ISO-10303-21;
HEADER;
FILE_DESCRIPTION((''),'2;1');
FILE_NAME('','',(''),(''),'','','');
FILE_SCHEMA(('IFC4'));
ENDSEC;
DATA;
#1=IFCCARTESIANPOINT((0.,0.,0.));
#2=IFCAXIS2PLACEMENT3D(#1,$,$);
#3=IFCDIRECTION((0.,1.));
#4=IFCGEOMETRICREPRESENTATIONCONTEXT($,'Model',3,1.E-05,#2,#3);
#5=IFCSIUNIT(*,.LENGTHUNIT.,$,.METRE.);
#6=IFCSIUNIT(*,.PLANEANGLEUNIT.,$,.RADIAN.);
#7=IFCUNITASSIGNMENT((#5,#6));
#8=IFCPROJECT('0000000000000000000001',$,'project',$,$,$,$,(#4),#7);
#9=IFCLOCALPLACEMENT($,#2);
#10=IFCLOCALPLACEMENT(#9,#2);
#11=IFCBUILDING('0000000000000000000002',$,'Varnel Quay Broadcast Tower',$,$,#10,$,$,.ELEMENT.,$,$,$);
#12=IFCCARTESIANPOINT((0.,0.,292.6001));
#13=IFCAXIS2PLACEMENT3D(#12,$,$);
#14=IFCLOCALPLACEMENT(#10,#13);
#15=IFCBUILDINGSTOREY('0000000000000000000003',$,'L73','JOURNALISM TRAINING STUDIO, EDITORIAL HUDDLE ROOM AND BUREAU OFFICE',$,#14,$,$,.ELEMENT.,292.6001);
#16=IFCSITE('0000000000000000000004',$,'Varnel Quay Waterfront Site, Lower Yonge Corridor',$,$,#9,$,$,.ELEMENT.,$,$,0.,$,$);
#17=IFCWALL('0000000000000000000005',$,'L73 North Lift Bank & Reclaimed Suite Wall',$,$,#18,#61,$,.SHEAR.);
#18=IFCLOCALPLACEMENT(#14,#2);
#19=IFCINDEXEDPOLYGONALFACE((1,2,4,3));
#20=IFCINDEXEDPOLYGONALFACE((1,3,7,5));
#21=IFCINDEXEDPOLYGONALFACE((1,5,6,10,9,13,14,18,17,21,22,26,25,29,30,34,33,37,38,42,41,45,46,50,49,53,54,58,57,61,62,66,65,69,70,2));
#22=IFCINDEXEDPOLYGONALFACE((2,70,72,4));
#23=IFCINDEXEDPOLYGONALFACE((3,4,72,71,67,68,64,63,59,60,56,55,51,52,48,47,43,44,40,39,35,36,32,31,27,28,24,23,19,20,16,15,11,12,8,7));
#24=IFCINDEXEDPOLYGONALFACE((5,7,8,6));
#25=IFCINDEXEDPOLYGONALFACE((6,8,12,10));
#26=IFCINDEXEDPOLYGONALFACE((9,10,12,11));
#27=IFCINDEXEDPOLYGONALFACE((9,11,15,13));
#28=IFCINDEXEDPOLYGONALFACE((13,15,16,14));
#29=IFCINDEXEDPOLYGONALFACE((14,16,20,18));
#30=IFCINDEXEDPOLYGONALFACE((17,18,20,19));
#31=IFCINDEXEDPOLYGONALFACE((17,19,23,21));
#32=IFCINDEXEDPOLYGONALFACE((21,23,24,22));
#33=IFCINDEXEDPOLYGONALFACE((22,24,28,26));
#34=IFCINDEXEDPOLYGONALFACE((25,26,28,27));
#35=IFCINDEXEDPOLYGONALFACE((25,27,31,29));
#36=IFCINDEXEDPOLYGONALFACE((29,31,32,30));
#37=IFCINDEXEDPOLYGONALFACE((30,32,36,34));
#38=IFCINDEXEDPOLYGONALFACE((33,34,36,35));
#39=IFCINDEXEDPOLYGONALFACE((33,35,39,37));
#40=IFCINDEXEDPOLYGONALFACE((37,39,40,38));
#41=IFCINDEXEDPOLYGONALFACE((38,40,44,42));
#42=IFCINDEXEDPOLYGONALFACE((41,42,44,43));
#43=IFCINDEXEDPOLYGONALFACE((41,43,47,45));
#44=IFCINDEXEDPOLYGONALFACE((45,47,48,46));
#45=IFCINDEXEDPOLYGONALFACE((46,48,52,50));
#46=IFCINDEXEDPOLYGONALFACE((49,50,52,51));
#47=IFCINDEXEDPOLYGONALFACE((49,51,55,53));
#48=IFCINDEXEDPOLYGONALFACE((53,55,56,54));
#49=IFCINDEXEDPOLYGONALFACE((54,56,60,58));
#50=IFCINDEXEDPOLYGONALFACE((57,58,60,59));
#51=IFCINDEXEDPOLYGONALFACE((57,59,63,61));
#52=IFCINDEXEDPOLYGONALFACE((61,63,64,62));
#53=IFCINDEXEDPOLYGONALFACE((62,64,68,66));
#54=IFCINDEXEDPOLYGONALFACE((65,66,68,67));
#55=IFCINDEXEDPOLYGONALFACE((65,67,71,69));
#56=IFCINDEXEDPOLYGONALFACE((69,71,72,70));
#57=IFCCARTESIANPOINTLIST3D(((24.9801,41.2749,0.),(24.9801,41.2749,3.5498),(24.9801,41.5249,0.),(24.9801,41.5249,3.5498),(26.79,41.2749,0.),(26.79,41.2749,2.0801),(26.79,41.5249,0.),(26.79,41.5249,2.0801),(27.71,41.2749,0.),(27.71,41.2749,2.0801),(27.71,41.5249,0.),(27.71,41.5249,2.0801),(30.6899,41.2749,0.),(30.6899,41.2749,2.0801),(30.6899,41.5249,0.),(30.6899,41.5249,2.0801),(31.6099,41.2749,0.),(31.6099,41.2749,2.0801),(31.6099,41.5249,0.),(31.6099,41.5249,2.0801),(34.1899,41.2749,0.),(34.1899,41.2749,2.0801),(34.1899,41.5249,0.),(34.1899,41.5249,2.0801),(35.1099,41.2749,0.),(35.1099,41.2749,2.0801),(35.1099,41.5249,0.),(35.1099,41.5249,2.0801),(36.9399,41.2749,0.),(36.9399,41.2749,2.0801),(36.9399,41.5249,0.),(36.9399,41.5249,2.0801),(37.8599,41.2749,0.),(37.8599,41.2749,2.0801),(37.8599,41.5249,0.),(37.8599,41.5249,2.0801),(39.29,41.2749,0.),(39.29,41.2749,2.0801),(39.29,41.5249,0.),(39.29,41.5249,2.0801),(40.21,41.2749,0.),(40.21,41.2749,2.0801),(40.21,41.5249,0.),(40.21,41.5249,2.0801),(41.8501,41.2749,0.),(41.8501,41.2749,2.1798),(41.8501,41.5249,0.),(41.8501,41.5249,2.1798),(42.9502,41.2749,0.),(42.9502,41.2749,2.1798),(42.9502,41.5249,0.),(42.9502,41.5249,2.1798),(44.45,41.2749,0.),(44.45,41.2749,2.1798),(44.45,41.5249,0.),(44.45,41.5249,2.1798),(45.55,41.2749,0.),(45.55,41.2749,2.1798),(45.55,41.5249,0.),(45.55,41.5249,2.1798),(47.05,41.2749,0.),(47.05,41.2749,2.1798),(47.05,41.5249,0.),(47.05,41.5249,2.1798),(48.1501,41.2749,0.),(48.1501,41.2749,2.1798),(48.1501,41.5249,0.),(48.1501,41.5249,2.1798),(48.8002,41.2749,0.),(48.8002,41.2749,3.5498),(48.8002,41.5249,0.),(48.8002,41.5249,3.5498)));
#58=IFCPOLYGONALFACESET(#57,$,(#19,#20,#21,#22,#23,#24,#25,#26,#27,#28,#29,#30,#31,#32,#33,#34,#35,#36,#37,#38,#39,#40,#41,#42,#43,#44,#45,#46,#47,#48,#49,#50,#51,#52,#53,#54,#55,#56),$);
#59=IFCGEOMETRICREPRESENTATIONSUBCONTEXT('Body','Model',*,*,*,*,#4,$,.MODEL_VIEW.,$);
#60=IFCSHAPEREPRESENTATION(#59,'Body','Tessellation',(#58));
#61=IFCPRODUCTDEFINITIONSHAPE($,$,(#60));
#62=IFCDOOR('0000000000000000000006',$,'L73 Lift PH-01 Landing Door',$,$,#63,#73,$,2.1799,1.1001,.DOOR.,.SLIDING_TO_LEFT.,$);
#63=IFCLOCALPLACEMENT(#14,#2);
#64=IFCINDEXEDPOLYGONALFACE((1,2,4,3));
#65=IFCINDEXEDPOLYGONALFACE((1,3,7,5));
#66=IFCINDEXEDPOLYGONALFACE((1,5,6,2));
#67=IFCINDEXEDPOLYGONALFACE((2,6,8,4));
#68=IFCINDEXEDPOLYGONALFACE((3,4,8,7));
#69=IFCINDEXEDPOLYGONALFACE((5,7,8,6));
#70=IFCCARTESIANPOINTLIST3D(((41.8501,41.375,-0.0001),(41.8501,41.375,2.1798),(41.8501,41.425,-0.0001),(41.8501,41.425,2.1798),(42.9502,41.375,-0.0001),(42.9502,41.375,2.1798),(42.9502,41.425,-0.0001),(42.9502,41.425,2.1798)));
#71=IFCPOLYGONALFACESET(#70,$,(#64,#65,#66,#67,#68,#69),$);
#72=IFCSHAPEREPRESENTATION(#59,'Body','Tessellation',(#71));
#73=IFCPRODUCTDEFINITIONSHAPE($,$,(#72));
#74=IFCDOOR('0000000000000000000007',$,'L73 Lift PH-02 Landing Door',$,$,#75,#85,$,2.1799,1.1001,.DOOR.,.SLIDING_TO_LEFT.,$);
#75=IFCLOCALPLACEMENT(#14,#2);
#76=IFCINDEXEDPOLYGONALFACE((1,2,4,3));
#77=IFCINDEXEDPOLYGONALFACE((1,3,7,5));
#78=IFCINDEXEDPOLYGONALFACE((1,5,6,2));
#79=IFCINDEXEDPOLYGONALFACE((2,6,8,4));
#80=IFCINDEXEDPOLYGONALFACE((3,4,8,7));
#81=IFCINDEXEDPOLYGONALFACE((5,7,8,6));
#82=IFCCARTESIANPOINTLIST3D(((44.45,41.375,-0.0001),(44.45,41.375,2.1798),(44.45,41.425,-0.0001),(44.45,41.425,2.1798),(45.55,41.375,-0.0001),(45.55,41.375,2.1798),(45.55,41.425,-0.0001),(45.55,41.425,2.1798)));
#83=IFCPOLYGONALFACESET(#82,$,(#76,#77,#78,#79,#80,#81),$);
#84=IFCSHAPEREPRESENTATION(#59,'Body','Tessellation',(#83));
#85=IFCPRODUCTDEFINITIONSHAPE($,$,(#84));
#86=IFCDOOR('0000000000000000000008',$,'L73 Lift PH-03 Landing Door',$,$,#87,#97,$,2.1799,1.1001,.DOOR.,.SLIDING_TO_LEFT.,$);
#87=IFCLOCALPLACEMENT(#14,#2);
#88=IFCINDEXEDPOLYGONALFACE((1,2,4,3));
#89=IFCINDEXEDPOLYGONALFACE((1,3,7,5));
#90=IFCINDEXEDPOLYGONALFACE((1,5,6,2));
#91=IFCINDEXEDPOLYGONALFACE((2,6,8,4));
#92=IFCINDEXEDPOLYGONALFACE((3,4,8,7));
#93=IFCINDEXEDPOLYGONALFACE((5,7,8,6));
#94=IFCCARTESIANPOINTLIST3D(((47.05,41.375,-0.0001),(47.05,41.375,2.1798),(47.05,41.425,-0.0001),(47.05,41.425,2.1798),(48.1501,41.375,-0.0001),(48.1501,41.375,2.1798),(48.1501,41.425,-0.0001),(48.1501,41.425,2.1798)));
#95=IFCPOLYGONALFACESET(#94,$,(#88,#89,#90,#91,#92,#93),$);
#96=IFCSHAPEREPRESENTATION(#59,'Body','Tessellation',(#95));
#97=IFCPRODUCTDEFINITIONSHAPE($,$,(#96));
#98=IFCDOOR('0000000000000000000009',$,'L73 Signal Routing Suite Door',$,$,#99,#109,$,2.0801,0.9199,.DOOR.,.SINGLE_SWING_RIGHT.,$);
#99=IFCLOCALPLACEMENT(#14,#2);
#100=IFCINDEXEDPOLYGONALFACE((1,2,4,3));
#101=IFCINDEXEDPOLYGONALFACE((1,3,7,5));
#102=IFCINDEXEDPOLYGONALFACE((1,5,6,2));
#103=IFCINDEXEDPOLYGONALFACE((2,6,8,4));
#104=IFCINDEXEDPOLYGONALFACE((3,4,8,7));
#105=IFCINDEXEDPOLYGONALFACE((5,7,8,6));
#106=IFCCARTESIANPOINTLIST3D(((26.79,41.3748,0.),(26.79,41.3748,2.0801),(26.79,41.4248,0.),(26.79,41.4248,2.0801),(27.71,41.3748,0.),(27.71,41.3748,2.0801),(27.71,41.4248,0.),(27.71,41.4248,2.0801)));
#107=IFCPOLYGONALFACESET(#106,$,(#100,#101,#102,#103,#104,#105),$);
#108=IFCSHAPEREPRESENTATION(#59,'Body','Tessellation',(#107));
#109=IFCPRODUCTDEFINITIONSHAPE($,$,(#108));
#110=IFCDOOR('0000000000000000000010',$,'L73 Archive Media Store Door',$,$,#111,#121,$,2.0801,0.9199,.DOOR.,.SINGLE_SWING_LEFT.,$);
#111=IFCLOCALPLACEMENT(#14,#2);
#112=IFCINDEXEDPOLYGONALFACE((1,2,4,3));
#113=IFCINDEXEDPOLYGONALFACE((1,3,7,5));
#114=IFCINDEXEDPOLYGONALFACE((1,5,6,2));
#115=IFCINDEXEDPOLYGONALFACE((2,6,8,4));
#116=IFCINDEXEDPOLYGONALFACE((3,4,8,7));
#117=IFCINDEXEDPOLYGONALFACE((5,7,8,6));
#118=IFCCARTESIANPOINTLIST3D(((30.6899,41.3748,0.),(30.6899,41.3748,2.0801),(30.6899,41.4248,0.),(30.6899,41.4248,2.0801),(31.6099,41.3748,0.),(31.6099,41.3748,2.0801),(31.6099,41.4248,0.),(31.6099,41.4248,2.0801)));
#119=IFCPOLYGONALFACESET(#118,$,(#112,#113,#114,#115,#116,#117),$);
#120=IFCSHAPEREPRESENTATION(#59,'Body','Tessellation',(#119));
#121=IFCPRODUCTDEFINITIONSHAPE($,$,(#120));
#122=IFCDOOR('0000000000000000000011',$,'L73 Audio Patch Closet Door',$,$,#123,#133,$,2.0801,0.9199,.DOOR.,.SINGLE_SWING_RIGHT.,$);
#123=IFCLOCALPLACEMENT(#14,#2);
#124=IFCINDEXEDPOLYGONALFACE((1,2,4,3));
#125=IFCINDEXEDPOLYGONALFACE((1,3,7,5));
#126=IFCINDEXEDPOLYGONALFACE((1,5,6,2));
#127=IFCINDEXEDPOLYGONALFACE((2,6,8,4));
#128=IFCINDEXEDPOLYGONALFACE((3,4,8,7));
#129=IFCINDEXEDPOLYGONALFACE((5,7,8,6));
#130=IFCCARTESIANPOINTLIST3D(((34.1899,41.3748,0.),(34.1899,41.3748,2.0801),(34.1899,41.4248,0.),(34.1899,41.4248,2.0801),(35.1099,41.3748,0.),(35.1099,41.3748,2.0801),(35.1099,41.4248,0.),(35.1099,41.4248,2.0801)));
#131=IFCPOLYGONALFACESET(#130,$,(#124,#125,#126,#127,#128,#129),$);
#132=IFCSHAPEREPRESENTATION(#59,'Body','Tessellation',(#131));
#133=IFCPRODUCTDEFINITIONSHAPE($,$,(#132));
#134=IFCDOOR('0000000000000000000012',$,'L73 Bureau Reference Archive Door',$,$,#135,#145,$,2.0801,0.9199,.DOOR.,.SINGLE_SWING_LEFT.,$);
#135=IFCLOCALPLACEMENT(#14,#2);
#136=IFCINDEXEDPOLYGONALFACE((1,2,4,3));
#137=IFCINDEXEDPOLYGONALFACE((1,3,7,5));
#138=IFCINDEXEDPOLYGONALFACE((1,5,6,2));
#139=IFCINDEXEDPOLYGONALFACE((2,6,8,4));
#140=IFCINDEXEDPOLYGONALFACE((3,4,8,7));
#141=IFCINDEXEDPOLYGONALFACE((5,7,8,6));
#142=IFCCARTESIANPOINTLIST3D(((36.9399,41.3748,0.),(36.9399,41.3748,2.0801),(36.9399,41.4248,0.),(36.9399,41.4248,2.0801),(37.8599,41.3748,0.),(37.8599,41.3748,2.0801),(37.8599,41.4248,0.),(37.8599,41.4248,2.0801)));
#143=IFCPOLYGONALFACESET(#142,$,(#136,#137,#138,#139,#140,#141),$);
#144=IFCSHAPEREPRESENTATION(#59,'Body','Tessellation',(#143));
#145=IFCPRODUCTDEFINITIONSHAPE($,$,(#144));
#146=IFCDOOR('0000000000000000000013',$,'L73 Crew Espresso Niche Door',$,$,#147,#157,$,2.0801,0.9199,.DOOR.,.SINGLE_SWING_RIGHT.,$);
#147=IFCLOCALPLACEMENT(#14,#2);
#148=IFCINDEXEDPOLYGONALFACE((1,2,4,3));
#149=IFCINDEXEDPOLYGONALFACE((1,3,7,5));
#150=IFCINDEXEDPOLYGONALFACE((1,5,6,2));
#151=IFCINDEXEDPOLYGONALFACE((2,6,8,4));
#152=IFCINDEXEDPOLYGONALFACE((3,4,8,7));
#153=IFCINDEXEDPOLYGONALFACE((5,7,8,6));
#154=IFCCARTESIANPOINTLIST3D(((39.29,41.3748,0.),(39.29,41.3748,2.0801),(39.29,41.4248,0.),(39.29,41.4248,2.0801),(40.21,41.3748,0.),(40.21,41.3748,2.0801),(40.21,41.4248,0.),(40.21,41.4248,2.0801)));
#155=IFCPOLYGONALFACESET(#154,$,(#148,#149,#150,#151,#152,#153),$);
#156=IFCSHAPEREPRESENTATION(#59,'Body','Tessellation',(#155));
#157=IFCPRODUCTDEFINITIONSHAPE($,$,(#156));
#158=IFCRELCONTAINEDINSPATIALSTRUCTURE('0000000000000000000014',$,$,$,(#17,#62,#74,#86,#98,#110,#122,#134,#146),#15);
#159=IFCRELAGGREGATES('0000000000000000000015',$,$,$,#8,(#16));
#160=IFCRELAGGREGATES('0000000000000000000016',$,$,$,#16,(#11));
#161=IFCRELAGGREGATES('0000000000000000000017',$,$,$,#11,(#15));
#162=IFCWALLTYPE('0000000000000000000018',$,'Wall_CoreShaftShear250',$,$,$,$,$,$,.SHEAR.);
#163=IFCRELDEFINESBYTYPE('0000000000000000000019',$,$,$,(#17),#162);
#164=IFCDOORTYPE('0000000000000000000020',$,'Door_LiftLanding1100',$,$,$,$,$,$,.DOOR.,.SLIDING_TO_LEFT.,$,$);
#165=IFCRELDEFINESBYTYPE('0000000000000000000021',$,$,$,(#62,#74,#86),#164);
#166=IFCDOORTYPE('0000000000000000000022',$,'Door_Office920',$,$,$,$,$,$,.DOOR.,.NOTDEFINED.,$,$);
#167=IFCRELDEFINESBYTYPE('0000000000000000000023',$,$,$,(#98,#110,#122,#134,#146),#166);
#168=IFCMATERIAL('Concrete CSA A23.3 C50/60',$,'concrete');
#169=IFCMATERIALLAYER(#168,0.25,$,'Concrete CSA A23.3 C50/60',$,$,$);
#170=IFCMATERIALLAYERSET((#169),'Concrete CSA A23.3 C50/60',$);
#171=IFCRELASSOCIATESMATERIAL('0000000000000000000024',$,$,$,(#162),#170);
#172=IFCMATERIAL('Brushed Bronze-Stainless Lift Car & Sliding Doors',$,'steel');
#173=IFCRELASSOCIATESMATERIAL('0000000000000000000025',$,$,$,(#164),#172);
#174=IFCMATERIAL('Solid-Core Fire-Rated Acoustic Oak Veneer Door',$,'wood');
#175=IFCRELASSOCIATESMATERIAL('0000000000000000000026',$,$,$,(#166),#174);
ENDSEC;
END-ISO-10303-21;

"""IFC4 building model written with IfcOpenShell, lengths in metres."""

from ifc_helpers import new_model, si_unit, direction, frame, frame_2d, origin, place, context, subcontext, project, spatial, rectangle, extrude, source, transform, mapped, material, layer, layer_set, type_object, type_shapes, element, fill, save


model = new_model("IFC4")

# Units and contexts
model_context = context("Model", 3, precision=1e-05, world=origin(), true_north=direction((0.0, 1.0)))
body_context = subcontext(model_context, "Body", "Model", "MODEL_VIEW")
ifc_project = project(units=[si_unit("LENGTHUNIT", "METRE"), si_unit("PLANEANGLEUNIT", "RADIAN")], contexts=[model_context])

# Site, building, storey
site_placement = place(None, origin())
site = spatial("IfcSite", under=ifc_project, at=site_placement, Name="Varnel Quay Waterfront Site, Lower Yonge Corridor", CompositionType="ELEMENT", RefElevation=0.0)
building_placement = place(site_placement, origin())
building = spatial("IfcBuilding", under=site, at=building_placement, Name="Varnel Quay Broadcast Tower", CompositionType="ELEMENT")
storey_placement = place(building_placement, frame((0.0, 0.0, 292.6001)))
storey = spatial("IfcBuildingStorey", under=building, at=storey_placement, Name="L73", Description="JOURNALISM TRAINING STUDIO, EDITORIAL HUDDLE ROOM AND BUREAU OFFICE", CompositionType="ELEMENT", Elevation=292.6001)

# Shared definitions
ifc_material_1 = material(Name="Concrete CSA A23.3 C50/60", Category="concrete")

# Wall, openings, doors
ifc_layer_1 = layer(ifc_material_1, 0.25, Name="Concrete CSA A23.3 C50/60")
ifc_layer_set_1 = layer_set([ifc_layer_1], Name="Concrete CSA A23.3 C50/60")
wall_type_1 = type_object("IfcWallType", Name="Wall_CoreShaftShear250", PredefinedType="SHEAR", material=ifc_layer_set_1)
wall_1_placement = place(storey_placement, frame((24.98, 41.3999, 0.0), z_axis=(0.0, 0.0, 1.0), x_axis=(1.0, 0.0, 0.0)))
wall_1 = element("IfcWall", 1, at=wall_1_placement, inside=storey, type_object=wall_type_1, Name="L73 North Lift Bank & Reclaimed Suite Wall", PredefinedType="SHEAR", context=body_context, shape_type="SweptSolid", body=[
    extrude(rectangle(XDim=23.8201, YDim=0.25, at=frame_2d((11.9102, 0.0))), origin(), (0.0, 0.0, 1.0), 3.5498),
])
opening_1_placement = place(wall_1_placement, frame((16.8701, 0.0, 0.0)))
opening_1 = element("IfcOpeningElement", 2, at=opening_1_placement, cuts=wall_1, PredefinedType="OPENING", context=body_context, shape_type="SweptSolid", body=[
    extrude(rectangle(XDim=1.1001, YDim=2.1799, at=frame_2d((0.55, 1.0898))), frame((0.0, 0.135, 0.0), z_axis=(0.0, -1.0, 0.0), x_axis=(1.0, 0.0, 0.0)), (0.0, 0.0, 1.0), 0.27),
])
opening_2_placement = place(wall_1_placement, frame((19.47, 0.0, 0.0)))
opening_2 = element("IfcOpeningElement", 3, at=opening_2_placement, cuts=wall_1, PredefinedType="OPENING", context=body_context, shape_type="SweptSolid", body=[
    extrude(rectangle(XDim=1.1001, YDim=2.1799, at=frame_2d((0.55, 1.0898))), frame((0.0, 0.135, 0.0), z_axis=(0.0, -1.0, 0.0), x_axis=(1.0, 0.0, 0.0)), (0.0, 0.0, 1.0), 0.27),
])
opening_3_placement = place(wall_1_placement, frame((22.0701, 0.0, 0.0)))
opening_3 = element("IfcOpeningElement", 4, at=opening_3_placement, cuts=wall_1, PredefinedType="OPENING", context=body_context, shape_type="SweptSolid", body=[
    extrude(rectangle(XDim=1.1001, YDim=2.1799, at=frame_2d((0.55, 1.0898))), frame((0.0, 0.135, 0.0), z_axis=(0.0, -1.0, 0.0), x_axis=(1.0, 0.0, 0.0)), (0.0, 0.0, 1.0), 0.27),
])
opening_4_placement = place(wall_1_placement, frame((1.8101, 0.0, 0.0)))
opening_4 = element("IfcOpeningElement", 5, at=opening_4_placement, cuts=wall_1, PredefinedType="OPENING", context=body_context, shape_type="SweptSolid", body=[
    extrude(rectangle(XDim=0.9199, YDim=2.0801, at=frame_2d((0.46, 1.04))), frame((0.0, 0.135, 0.0), z_axis=(0.0, -1.0, 0.0), x_axis=(1.0, 0.0, 0.0)), (0.0, 0.0, 1.0), 0.27),
])
opening_5_placement = place(wall_1_placement, frame((5.71, 0.0, 0.0)))
opening_5 = element("IfcOpeningElement", 6, at=opening_5_placement, cuts=wall_1, PredefinedType="OPENING", context=body_context, shape_type="SweptSolid", body=[
    extrude(rectangle(XDim=0.9199, YDim=2.0801, at=frame_2d((0.46, 1.04))), frame((0.0, 0.135, 0.0), z_axis=(0.0, -1.0, 0.0), x_axis=(1.0, 0.0, 0.0)), (0.0, 0.0, 1.0), 0.27),
])
opening_6_placement = place(wall_1_placement, frame((9.21, 0.0, 0.0)))
opening_6 = element("IfcOpeningElement", 7, at=opening_6_placement, cuts=wall_1, PredefinedType="OPENING", context=body_context, shape_type="SweptSolid", body=[
    extrude(rectangle(XDim=0.9199, YDim=2.0801, at=frame_2d((0.46, 1.04))), frame((0.0, 0.135, 0.0), z_axis=(0.0, -1.0, 0.0), x_axis=(1.0, 0.0, 0.0)), (0.0, 0.0, 1.0), 0.27),
])
opening_7_placement = place(wall_1_placement, frame((11.96, 0.0, 0.0)))
opening_7 = element("IfcOpeningElement", 8, at=opening_7_placement, cuts=wall_1, PredefinedType="OPENING", context=body_context, shape_type="SweptSolid", body=[
    extrude(rectangle(XDim=0.9199, YDim=2.0801, at=frame_2d((0.46, 1.04))), frame((0.0, 0.135, 0.0), z_axis=(0.0, -1.0, 0.0), x_axis=(1.0, 0.0, 0.0)), (0.0, 0.0, 1.0), 0.27),
])
opening_8_placement = place(wall_1_placement, frame((14.3101, 0.0, 0.0)))
opening_8 = element("IfcOpeningElement", 9, at=opening_8_placement, cuts=wall_1, PredefinedType="OPENING", context=body_context, shape_type="SweptSolid", body=[
    extrude(rectangle(XDim=0.9199, YDim=2.0801, at=frame_2d((0.46, 1.04))), frame((0.0, 0.135, 0.0), z_axis=(0.0, -1.0, 0.0), x_axis=(1.0, 0.0, 0.0)), (0.0, 0.0, 1.0), 0.27),
])
ifc_material_2 = material(Name="Brushed Bronze-Stainless Lift Car & Sliding Doors", Category="steel")
door_type_1 = type_object("IfcDoorType", Name="Door_LiftLanding1100", OperationType="SLIDING_TO_LEFT", PredefinedType="DOOR", material=ifc_material_2)
shared_shape_1 = source(origin(), body_context, "Body", "SweptSolid", [
    extrude(rectangle(XDim=1.1001, YDim=2.1799, at=frame_2d((0.55, 1.0898))), frame((0.0, 0.0249, 0.0), z_axis=(0.0, -1.0, 0.0), x_axis=(1.0, 0.0, 0.0)), (0.0, 0.0, 1.0), 0.05),
])
type_shapes(door_type_1, [shared_shape_1])
door_1_placement = place(opening_1_placement, frame((1.1001, 0.0, 0.0), z_axis=(0.0, 0.0, 1.0), x_axis=(-1.0, 0.0, 0.0)))
door_1 = element("IfcDoor", 10, at=door_1_placement, inside=storey, type_object=door_type_1, Name="L73 Lift PH-01 Landing Door", OperationType="SLIDING_TO_LEFT", OverallHeight=2.1799, OverallWidth=1.1001, PredefinedType="DOOR", context=body_context, shape_type="MappedRepresentation", body=[
    mapped(shared_shape_1, transform((0.0, 0.0, 0.0), x_axis=(1.0, 0.0, 0.0), y_axis=(0.0, 1.0, 0.0), z_axis=(0.0, 0.0, 1.0), scale=1.0)),
])
fill(opening_1, door_1)
door_2_placement = place(opening_2_placement, frame((1.1001, 0.0, 0.0), z_axis=(0.0, 0.0, 1.0), x_axis=(-1.0, 0.0, 0.0)))
door_2 = element("IfcDoor", 11, at=door_2_placement, inside=storey, type_object=door_type_1, Name="L73 Lift PH-02 Landing Door", OperationType="SLIDING_TO_LEFT", OverallHeight=2.1799, OverallWidth=1.1001, PredefinedType="DOOR", context=body_context, shape_type="MappedRepresentation", body=[
    mapped(shared_shape_1, transform((0.0, 0.0, 0.0), x_axis=(1.0, 0.0, 0.0), y_axis=(0.0, 1.0, 0.0), z_axis=(0.0, 0.0, 1.0), scale=1.0)),
])
fill(opening_2, door_2)
door_3_placement = place(opening_3_placement, frame((1.1001, 0.0, 0.0), z_axis=(0.0, 0.0, 1.0), x_axis=(-1.0, 0.0, 0.0)))
door_3 = element("IfcDoor", 12, at=door_3_placement, inside=storey, type_object=door_type_1, Name="L73 Lift PH-03 Landing Door", OperationType="SLIDING_TO_LEFT", OverallHeight=2.1799, OverallWidth=1.1001, PredefinedType="DOOR", context=body_context, shape_type="MappedRepresentation", body=[
    mapped(shared_shape_1, transform((0.0, 0.0, 0.0), x_axis=(1.0, 0.0, 0.0), y_axis=(0.0, 1.0, 0.0), z_axis=(0.0, 0.0, 1.0), scale=1.0)),
])
fill(opening_3, door_3)
ifc_material_3 = material(Name="Solid-Core Fire-Rated Acoustic Oak Veneer Door", Category="wood")
door_type_2 = type_object("IfcDoorType", Name="Door_Office920", OperationType="NOTDEFINED", PredefinedType="DOOR", material=ifc_material_3)
shared_shape_2 = source(origin(), body_context, "Body", "SweptSolid", [
    extrude(rectangle(XDim=0.9199, YDim=2.0801, at=frame_2d((0.46, 1.04))), frame((0.0, 0.0249, 0.0), z_axis=(0.0, -1.0, 0.0), x_axis=(1.0, 0.0, 0.0)), (0.0, 0.0, 1.0), 0.05),
])
type_shapes(door_type_2, [shared_shape_2])
door_4_placement = place(opening_4_placement, origin())
door_4 = element("IfcDoor", 13, at=door_4_placement, inside=storey, type_object=door_type_2, Name="L73 Signal Routing Suite Door", OperationType="SINGLE_SWING_RIGHT", OverallHeight=2.0801, OverallWidth=0.9199, PredefinedType="DOOR", context=body_context, shape_type="MappedRepresentation", body=[
    mapped(shared_shape_2, transform((0.0, 0.0, 0.0), x_axis=(1.0, 0.0, 0.0), y_axis=(0.0, 1.0, 0.0), z_axis=(0.0, 0.0, 1.0), scale=1.0)),
])
fill(opening_4, door_4)
door_5_placement = place(opening_5_placement, origin())
door_5 = element("IfcDoor", 14, at=door_5_placement, inside=storey, type_object=door_type_2, Name="L73 Archive Media Store Door", OperationType="SINGLE_SWING_LEFT", OverallHeight=2.0801, OverallWidth=0.9199, PredefinedType="DOOR", context=body_context, shape_type="MappedRepresentation", body=[
    mapped(shared_shape_2, transform((0.0, 0.0, 0.0), x_axis=(1.0, 0.0, 0.0), y_axis=(0.0, 1.0, 0.0), z_axis=(0.0, 0.0, 1.0), scale=1.0)),
])
fill(opening_5, door_5)
door_6_placement = place(opening_6_placement, origin())
door_6 = element("IfcDoor", 15, at=door_6_placement, inside=storey, type_object=door_type_2, Name="L73 Audio Patch Closet Door", OperationType="SINGLE_SWING_RIGHT", OverallHeight=2.0801, OverallWidth=0.9199, PredefinedType="DOOR", context=body_context, shape_type="MappedRepresentation", body=[
    mapped(shared_shape_2, transform((0.0, 0.0, 0.0), x_axis=(1.0, 0.0, 0.0), y_axis=(0.0, 1.0, 0.0), z_axis=(0.0, 0.0, 1.0), scale=1.0)),
])
fill(opening_6, door_6)
door_7_placement = place(opening_7_placement, origin())
door_7 = element("IfcDoor", 16, at=door_7_placement, inside=storey, type_object=door_type_2, Name="L73 Bureau Reference Archive Door", OperationType="SINGLE_SWING_LEFT", OverallHeight=2.0801, OverallWidth=0.9199, PredefinedType="DOOR", context=body_context, shape_type="MappedRepresentation", body=[
    mapped(shared_shape_2, transform((0.0, 0.0, 0.0), x_axis=(1.0, 0.0, 0.0), y_axis=(0.0, 1.0, 0.0), z_axis=(0.0, 0.0, 1.0), scale=1.0)),
])
fill(opening_7, door_7)
door_8_placement = place(opening_8_placement, origin())
door_8 = element("IfcDoor", 17, at=door_8_placement, inside=storey, type_object=door_type_2, Name="L73 Crew Espresso Niche Door", OperationType="SINGLE_SWING_RIGHT", OverallHeight=2.0801, OverallWidth=0.9199, PredefinedType="DOOR", context=body_context, shape_type="MappedRepresentation", body=[
    mapped(shared_shape_2, transform((0.0, 0.0, 0.0), x_axis=(1.0, 0.0, 0.0), y_axis=(0.0, 1.0, 0.0), z_axis=(0.0, 0.0, 1.0), scale=1.0)),
])
fill(opening_8, door_8)

save(model, "model.ifc")
